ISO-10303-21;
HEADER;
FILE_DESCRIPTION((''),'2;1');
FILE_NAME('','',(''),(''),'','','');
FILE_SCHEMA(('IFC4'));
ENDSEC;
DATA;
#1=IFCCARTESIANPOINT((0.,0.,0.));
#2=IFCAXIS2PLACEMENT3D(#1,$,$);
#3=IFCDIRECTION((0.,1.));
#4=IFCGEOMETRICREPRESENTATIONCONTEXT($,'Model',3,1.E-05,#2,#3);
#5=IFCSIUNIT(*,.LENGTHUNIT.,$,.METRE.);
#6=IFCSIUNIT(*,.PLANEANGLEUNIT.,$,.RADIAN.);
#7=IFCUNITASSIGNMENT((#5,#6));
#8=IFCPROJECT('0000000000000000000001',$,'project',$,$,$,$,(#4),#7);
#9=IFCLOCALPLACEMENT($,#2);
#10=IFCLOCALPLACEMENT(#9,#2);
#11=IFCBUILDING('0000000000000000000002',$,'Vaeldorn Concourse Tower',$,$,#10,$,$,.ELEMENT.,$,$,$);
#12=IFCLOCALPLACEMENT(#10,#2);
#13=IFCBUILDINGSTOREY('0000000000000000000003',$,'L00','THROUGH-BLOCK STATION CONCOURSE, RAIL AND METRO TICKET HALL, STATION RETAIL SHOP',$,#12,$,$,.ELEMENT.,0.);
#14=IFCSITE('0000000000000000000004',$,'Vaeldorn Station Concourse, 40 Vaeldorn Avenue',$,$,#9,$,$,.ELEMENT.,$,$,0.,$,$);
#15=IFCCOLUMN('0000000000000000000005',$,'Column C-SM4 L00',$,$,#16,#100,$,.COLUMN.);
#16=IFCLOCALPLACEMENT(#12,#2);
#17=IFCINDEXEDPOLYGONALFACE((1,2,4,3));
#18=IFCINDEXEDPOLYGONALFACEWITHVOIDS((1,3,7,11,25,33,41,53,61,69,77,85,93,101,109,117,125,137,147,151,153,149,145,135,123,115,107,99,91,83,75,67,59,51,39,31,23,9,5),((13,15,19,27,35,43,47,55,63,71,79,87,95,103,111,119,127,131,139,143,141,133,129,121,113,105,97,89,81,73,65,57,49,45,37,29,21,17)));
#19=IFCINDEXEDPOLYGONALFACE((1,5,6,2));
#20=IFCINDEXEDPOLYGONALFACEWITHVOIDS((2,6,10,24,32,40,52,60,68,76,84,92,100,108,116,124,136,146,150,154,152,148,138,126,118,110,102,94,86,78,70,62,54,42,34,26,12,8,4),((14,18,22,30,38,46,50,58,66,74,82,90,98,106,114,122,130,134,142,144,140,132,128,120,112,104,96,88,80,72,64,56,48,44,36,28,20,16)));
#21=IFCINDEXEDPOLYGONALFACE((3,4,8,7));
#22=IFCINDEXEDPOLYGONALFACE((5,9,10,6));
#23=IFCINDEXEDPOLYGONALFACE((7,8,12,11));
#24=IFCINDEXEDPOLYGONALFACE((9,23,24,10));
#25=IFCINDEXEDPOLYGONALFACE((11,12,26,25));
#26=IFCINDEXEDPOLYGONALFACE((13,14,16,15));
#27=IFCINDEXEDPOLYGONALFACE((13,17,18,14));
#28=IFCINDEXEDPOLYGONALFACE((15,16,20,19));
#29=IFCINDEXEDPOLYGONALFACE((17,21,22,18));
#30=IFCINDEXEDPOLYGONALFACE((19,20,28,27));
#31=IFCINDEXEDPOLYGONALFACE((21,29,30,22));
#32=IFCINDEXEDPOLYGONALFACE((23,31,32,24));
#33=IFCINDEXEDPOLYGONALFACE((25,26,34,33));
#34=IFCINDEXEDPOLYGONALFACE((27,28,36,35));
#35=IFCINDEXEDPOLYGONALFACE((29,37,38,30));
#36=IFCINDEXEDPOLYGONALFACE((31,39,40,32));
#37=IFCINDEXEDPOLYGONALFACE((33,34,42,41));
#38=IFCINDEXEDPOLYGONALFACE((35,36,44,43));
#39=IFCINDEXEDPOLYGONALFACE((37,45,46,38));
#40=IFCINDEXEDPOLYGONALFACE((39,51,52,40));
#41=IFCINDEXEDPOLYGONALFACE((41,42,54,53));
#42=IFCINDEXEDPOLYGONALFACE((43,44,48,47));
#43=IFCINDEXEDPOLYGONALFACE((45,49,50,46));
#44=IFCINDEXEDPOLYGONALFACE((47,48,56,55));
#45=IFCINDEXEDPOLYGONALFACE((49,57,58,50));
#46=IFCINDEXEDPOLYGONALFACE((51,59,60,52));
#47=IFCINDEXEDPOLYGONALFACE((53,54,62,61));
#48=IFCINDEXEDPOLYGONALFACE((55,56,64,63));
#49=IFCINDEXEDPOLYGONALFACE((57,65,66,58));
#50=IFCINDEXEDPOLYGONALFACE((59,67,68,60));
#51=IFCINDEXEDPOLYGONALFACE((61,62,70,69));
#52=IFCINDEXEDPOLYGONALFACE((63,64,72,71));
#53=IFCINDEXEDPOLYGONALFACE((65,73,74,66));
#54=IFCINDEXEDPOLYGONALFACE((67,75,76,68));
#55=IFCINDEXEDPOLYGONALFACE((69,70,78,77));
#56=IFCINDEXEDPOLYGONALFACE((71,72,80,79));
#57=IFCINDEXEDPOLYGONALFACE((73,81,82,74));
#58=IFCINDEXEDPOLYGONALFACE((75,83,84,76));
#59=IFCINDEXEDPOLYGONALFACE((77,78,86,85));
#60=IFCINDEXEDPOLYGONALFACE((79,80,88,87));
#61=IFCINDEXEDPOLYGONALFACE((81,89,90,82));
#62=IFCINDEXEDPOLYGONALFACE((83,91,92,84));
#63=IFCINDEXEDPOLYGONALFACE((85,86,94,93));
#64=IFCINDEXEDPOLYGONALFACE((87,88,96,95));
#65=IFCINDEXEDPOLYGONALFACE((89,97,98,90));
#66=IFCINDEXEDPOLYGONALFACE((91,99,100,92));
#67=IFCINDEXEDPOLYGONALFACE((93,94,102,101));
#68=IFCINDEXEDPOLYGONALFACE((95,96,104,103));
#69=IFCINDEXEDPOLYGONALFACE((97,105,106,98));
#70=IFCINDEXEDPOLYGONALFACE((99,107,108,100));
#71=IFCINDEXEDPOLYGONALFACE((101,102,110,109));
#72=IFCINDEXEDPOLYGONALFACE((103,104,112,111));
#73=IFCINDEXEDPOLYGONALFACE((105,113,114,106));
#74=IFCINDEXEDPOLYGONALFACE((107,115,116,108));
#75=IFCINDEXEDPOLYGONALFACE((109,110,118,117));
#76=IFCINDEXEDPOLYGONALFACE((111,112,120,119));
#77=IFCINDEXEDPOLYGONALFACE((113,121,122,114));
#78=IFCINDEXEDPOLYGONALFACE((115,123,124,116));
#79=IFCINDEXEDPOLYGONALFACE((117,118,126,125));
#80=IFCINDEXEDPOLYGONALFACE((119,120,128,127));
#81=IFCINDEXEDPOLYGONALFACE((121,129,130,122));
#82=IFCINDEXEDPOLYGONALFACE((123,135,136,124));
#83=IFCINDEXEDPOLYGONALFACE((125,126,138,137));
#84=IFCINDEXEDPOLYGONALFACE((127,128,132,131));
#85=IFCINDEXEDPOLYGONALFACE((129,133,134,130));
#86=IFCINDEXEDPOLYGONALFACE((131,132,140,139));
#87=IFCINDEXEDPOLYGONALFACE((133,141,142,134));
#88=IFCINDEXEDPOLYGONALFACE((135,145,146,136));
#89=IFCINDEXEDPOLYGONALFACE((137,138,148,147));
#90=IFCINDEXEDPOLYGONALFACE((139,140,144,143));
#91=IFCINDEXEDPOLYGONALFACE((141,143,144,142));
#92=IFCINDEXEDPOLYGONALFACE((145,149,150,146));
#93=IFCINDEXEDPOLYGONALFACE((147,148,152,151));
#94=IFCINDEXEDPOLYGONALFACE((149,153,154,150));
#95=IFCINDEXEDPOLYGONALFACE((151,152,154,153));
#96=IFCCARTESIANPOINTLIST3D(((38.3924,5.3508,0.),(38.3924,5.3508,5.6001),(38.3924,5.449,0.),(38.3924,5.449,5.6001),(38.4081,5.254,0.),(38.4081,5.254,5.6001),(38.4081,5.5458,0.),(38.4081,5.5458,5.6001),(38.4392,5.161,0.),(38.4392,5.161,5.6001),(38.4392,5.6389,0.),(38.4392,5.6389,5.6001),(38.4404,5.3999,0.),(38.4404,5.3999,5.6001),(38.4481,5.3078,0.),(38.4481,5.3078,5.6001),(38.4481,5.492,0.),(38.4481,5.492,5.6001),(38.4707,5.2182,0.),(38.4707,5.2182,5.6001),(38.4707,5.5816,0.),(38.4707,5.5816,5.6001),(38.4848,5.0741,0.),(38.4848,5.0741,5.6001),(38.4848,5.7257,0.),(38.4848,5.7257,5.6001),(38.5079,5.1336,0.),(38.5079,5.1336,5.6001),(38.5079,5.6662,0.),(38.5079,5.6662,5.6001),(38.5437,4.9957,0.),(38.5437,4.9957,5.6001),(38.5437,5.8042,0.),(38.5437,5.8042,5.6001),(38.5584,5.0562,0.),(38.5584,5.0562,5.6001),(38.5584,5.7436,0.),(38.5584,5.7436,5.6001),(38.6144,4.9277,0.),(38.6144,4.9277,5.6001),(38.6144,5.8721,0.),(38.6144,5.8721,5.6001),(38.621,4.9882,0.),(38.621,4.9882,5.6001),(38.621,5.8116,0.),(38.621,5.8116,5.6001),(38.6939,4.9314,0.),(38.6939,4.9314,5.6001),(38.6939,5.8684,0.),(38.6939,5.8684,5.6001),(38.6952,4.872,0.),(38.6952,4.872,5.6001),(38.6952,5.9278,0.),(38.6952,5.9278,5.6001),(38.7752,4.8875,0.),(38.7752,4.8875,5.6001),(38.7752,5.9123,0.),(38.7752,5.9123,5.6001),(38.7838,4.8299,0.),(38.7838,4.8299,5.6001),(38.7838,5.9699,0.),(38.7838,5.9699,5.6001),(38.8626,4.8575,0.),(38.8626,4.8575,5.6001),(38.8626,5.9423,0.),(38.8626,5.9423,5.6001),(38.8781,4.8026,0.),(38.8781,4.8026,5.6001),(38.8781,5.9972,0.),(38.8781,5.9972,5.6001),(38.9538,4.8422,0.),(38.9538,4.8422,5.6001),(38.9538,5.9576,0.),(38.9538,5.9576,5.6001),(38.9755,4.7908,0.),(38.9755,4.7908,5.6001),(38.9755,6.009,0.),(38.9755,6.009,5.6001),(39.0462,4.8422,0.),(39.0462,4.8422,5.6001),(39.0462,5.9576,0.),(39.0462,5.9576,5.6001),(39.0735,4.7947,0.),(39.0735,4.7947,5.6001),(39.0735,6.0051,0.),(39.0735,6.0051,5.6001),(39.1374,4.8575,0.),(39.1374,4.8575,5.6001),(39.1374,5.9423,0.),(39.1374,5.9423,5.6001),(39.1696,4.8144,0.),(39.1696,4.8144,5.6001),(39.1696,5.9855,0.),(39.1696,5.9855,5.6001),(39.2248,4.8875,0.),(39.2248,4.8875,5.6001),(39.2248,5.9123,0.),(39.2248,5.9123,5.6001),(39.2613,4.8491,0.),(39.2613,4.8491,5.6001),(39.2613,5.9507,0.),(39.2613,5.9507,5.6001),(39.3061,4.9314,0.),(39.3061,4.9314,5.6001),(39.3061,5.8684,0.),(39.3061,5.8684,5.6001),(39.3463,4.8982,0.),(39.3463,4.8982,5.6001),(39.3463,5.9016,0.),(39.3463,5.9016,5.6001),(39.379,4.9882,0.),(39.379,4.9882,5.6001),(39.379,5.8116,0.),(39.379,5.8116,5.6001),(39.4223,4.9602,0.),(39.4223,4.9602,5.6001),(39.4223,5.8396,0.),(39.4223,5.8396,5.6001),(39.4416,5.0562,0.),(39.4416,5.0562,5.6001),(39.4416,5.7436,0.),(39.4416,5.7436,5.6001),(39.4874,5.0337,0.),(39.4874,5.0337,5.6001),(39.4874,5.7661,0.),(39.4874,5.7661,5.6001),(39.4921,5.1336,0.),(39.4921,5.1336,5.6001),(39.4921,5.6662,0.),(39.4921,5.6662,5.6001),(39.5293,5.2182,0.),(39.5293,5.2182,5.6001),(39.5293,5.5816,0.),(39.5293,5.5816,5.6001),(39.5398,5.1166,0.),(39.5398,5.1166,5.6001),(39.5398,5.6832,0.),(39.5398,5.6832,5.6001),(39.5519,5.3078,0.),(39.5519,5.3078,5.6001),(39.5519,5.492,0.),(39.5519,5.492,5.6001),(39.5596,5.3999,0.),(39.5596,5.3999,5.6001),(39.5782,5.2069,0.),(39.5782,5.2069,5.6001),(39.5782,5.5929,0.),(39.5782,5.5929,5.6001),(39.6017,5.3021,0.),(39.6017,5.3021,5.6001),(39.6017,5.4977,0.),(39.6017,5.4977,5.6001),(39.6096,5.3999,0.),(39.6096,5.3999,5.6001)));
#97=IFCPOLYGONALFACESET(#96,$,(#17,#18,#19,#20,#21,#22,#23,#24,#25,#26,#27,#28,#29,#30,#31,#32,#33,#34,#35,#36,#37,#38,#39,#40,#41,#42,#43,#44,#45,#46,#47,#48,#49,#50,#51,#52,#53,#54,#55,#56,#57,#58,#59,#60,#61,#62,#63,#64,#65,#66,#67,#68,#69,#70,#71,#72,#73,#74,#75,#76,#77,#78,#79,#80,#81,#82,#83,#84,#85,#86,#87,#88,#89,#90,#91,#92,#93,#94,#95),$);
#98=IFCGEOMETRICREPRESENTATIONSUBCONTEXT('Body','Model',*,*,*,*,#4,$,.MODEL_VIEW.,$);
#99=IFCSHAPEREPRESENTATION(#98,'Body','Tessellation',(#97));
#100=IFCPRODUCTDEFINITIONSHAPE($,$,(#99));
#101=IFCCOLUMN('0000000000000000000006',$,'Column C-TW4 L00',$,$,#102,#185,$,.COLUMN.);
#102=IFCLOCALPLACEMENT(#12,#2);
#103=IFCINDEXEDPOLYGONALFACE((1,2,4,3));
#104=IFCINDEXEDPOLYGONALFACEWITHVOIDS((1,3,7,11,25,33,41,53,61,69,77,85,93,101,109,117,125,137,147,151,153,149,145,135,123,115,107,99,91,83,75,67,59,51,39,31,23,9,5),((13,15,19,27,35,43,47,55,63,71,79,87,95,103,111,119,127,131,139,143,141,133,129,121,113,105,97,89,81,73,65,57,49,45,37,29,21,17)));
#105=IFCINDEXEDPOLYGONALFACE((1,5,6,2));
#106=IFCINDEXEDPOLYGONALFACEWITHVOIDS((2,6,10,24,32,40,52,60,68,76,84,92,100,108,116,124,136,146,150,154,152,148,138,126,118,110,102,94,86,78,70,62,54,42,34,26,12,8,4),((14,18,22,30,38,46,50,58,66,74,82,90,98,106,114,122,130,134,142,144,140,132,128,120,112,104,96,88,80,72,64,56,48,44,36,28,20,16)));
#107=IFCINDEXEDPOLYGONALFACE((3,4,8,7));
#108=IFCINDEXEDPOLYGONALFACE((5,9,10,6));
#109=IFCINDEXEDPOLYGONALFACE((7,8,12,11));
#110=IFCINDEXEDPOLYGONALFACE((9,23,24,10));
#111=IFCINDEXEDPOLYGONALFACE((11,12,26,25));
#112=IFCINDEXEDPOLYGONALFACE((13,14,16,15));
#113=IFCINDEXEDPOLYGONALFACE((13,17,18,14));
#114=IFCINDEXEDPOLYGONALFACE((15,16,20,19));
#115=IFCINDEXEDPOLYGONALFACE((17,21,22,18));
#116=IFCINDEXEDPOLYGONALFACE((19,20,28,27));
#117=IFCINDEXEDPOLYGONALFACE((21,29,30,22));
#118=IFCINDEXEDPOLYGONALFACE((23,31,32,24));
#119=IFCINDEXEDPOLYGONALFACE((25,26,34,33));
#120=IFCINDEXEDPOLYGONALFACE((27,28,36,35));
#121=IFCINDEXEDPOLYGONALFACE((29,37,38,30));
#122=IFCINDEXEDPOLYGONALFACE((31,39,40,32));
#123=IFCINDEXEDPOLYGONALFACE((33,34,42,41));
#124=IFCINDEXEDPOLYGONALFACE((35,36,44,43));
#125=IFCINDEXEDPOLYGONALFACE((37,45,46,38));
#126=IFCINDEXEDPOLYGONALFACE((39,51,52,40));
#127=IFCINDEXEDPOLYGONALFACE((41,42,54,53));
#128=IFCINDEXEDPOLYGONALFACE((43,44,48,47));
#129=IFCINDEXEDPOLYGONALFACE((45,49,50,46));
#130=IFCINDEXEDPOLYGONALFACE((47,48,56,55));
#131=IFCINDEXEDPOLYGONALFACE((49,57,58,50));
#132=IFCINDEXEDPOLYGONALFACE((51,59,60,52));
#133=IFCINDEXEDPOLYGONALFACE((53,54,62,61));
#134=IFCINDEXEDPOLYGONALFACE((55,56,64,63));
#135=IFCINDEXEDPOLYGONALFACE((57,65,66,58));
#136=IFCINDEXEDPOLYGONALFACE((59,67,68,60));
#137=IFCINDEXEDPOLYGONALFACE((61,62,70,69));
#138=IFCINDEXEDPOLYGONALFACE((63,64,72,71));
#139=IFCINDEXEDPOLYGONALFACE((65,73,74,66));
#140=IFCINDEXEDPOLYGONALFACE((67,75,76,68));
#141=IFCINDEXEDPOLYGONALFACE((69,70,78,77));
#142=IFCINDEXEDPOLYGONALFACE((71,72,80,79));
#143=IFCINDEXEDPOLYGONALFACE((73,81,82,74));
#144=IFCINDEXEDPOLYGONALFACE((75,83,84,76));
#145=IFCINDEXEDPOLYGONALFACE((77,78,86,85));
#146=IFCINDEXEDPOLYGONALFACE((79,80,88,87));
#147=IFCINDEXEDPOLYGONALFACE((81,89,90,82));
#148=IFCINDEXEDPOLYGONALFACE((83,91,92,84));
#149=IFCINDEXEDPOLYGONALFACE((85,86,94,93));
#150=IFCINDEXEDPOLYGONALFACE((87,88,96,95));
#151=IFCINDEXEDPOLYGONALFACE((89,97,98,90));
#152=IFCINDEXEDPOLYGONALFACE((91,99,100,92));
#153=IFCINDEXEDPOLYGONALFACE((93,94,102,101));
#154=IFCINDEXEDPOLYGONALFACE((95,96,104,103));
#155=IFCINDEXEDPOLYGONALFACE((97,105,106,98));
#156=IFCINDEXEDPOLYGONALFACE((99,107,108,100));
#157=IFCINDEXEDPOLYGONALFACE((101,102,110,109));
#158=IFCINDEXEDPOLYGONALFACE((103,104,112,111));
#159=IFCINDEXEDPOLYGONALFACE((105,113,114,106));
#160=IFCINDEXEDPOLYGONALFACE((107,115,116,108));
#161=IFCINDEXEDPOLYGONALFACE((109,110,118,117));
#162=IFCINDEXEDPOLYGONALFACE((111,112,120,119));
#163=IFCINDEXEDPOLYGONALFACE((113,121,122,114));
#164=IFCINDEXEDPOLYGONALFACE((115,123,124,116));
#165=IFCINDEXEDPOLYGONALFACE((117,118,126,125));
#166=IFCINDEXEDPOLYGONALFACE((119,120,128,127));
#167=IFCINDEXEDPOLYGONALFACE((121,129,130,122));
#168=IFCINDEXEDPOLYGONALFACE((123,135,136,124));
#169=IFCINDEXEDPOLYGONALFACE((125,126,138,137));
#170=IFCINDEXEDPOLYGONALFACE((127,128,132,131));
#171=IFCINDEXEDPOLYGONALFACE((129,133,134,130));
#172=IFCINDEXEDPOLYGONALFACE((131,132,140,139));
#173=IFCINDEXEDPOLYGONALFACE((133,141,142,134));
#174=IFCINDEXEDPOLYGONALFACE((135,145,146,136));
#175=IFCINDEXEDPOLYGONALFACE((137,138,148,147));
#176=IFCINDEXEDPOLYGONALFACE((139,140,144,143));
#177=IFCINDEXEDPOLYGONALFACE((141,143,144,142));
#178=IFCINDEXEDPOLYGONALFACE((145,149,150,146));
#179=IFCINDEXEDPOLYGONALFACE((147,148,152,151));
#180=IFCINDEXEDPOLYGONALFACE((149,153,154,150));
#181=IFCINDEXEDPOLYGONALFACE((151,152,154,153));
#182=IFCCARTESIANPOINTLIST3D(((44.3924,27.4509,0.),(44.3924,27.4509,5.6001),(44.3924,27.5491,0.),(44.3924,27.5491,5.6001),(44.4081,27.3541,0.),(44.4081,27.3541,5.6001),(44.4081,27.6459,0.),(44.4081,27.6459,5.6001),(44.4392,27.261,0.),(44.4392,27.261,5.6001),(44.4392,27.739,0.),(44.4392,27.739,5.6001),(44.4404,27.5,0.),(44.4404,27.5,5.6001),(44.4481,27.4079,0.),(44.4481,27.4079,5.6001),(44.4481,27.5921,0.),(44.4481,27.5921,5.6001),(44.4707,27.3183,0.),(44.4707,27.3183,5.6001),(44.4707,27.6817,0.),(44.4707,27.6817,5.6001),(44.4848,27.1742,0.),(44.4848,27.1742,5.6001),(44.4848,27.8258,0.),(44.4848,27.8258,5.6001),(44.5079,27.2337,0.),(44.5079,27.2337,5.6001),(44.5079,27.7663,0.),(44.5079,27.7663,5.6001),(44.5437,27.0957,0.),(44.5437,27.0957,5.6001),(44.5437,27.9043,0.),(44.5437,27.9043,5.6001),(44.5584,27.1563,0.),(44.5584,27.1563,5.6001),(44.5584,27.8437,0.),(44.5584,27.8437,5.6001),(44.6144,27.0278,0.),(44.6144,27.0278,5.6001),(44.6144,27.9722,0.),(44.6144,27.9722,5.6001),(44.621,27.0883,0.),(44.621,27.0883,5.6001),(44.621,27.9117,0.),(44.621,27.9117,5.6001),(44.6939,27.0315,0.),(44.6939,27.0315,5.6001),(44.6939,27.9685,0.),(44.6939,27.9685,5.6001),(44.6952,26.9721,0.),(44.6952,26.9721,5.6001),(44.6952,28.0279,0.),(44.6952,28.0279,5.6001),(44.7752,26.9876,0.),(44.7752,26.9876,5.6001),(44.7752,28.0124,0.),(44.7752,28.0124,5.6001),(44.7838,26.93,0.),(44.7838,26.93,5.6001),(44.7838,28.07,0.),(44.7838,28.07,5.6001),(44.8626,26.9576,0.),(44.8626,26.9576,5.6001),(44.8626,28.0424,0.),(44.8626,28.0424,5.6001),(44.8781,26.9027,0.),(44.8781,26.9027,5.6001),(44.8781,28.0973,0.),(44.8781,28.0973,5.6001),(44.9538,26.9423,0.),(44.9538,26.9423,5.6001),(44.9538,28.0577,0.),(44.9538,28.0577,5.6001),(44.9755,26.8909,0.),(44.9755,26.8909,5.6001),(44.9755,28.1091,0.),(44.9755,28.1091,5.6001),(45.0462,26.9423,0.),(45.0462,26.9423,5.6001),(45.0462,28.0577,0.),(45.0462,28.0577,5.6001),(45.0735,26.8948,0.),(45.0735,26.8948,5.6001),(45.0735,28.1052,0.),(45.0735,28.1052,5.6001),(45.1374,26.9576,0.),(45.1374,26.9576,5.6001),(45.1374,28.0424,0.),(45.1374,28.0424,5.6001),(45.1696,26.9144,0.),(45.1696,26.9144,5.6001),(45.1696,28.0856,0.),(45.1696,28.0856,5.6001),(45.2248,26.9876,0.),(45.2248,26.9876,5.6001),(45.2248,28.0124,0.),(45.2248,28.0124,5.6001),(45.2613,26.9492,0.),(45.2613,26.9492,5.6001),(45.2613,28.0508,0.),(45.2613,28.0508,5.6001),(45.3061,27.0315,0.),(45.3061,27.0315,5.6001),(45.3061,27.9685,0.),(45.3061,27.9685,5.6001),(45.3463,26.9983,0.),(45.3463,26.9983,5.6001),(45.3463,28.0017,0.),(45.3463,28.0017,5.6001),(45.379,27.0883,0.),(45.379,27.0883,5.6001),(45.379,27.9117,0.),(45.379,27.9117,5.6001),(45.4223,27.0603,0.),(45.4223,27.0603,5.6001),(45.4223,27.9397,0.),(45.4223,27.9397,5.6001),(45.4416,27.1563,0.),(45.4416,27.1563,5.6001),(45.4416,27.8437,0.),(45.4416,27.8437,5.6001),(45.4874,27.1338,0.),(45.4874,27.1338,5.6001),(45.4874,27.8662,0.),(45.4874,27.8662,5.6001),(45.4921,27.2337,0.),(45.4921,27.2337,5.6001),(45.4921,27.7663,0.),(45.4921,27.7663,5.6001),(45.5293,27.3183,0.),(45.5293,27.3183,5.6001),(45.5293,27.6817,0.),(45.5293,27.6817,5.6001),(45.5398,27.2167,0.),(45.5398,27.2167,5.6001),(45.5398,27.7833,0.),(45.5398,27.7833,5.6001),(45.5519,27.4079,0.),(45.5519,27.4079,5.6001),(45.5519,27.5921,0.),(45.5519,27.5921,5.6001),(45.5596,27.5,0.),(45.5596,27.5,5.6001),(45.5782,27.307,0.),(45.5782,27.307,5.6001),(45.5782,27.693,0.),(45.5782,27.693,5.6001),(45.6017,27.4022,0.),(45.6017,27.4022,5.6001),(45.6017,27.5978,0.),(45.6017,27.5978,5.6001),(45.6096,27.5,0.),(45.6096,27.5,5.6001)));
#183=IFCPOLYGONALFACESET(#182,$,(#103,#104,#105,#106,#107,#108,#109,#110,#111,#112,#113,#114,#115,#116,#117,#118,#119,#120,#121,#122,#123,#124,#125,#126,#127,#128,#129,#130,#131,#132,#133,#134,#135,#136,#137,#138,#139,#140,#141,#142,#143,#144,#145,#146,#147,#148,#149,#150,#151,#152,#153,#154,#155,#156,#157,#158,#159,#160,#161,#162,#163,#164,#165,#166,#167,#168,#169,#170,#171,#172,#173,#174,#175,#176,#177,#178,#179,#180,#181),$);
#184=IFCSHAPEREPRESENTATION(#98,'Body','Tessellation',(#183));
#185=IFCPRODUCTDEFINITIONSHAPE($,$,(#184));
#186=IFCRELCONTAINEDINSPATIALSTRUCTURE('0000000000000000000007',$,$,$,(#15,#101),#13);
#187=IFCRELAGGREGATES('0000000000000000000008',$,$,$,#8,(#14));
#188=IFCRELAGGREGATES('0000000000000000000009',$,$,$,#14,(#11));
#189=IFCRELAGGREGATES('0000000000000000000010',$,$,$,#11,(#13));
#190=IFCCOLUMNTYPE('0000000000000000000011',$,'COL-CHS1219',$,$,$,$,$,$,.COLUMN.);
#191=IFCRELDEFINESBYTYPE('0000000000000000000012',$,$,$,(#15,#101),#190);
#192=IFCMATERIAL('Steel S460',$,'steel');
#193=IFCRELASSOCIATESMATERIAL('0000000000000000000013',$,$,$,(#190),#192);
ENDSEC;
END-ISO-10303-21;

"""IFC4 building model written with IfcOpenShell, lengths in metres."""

from ifc_helpers import new_model, si_unit, direction, frame, origin, origin_2d, place, context, subcontext, project, spatial, hollow_circle, extrude, source, transform, mapped, material, material_profile, profile_set, type_object, element, save


model = new_model("IFC4")

# Units and contexts
model_context = context("Model", 3, precision=1e-05, world=origin(), true_north=direction((0.0, 1.0)))
body_context = subcontext(model_context, "Body", "Model", "MODEL_VIEW")
ifc_project = project(units=[si_unit("LENGTHUNIT", "METRE"), si_unit("PLANEANGLEUNIT", "RADIAN")], contexts=[model_context])

# Site, building, storey
site_placement = place(None, origin())
site = spatial("IfcSite", under=ifc_project, at=site_placement, Name="Vaeldorn Station Concourse, 40 Vaeldorn Avenue", CompositionType="ELEMENT", RefElevation=0.0)
building_placement = place(site_placement, origin())
building = spatial("IfcBuilding", under=site, at=building_placement, Name="Vaeldorn Concourse Tower", CompositionType="ELEMENT")
storey_placement = place(building_placement, origin())
storey = spatial("IfcBuildingStorey", under=building, at=storey_placement, Name="L00", Description="THROUGH-BLOCK STATION CONCOURSE, RAIL AND METRO TICKET HALL, STATION RETAIL SHOP", CompositionType="ELEMENT", Elevation=0.0)

# Columns
ifc_material_1 = material(Name="Steel S460", Category="steel")
ifc_material_profile_1 = material_profile(ifc_material_1, hollow_circle(Radius=0.6096, WallThickness=0.05, at=origin_2d()), Name="CHS 1219x50")
ifc_profile_set_1 = profile_set([ifc_material_profile_1], Name="Steel S460")
column_type_1 = type_object("IfcColumnType", Name="COL-CHS1219", PredefinedType="COLUMN", material=ifc_profile_set_1)
shared_shape_1 = source(origin(), body_context, "Body", "SweptSolid", [
    extrude(hollow_circle(Radius=0.6096, WallThickness=0.05, at=origin_2d()), origin(), (0.0, 0.0, 1.0), 5.6001),
])
for number, where, z_axis, x_axis, name in (
    (1, (39.0, 5.3999, 0.0), (0.0, 0.0, 1.0), (1.0, 0.0, 0.0), "Column C-SM4 L00"),
    (2, (45.0, 27.5, 0.0), (0.0, 0.0, 1.0), (1.0, 0.0, 0.0), "Column C-TW4 L00"),
):
    element("IfcColumn", number, at=place(storey_placement, frame(where, z_axis=z_axis, x_axis=x_axis)), inside=storey, type_object=column_type_1, Name=name, PredefinedType="COLUMN", context=body_context, shape_type="MappedRepresentation", body=[
        mapped(shared_shape_1, transform((0.0, 0.0, 0.0), scale=1.0)),
    ])

save(model, "model.ifc")
